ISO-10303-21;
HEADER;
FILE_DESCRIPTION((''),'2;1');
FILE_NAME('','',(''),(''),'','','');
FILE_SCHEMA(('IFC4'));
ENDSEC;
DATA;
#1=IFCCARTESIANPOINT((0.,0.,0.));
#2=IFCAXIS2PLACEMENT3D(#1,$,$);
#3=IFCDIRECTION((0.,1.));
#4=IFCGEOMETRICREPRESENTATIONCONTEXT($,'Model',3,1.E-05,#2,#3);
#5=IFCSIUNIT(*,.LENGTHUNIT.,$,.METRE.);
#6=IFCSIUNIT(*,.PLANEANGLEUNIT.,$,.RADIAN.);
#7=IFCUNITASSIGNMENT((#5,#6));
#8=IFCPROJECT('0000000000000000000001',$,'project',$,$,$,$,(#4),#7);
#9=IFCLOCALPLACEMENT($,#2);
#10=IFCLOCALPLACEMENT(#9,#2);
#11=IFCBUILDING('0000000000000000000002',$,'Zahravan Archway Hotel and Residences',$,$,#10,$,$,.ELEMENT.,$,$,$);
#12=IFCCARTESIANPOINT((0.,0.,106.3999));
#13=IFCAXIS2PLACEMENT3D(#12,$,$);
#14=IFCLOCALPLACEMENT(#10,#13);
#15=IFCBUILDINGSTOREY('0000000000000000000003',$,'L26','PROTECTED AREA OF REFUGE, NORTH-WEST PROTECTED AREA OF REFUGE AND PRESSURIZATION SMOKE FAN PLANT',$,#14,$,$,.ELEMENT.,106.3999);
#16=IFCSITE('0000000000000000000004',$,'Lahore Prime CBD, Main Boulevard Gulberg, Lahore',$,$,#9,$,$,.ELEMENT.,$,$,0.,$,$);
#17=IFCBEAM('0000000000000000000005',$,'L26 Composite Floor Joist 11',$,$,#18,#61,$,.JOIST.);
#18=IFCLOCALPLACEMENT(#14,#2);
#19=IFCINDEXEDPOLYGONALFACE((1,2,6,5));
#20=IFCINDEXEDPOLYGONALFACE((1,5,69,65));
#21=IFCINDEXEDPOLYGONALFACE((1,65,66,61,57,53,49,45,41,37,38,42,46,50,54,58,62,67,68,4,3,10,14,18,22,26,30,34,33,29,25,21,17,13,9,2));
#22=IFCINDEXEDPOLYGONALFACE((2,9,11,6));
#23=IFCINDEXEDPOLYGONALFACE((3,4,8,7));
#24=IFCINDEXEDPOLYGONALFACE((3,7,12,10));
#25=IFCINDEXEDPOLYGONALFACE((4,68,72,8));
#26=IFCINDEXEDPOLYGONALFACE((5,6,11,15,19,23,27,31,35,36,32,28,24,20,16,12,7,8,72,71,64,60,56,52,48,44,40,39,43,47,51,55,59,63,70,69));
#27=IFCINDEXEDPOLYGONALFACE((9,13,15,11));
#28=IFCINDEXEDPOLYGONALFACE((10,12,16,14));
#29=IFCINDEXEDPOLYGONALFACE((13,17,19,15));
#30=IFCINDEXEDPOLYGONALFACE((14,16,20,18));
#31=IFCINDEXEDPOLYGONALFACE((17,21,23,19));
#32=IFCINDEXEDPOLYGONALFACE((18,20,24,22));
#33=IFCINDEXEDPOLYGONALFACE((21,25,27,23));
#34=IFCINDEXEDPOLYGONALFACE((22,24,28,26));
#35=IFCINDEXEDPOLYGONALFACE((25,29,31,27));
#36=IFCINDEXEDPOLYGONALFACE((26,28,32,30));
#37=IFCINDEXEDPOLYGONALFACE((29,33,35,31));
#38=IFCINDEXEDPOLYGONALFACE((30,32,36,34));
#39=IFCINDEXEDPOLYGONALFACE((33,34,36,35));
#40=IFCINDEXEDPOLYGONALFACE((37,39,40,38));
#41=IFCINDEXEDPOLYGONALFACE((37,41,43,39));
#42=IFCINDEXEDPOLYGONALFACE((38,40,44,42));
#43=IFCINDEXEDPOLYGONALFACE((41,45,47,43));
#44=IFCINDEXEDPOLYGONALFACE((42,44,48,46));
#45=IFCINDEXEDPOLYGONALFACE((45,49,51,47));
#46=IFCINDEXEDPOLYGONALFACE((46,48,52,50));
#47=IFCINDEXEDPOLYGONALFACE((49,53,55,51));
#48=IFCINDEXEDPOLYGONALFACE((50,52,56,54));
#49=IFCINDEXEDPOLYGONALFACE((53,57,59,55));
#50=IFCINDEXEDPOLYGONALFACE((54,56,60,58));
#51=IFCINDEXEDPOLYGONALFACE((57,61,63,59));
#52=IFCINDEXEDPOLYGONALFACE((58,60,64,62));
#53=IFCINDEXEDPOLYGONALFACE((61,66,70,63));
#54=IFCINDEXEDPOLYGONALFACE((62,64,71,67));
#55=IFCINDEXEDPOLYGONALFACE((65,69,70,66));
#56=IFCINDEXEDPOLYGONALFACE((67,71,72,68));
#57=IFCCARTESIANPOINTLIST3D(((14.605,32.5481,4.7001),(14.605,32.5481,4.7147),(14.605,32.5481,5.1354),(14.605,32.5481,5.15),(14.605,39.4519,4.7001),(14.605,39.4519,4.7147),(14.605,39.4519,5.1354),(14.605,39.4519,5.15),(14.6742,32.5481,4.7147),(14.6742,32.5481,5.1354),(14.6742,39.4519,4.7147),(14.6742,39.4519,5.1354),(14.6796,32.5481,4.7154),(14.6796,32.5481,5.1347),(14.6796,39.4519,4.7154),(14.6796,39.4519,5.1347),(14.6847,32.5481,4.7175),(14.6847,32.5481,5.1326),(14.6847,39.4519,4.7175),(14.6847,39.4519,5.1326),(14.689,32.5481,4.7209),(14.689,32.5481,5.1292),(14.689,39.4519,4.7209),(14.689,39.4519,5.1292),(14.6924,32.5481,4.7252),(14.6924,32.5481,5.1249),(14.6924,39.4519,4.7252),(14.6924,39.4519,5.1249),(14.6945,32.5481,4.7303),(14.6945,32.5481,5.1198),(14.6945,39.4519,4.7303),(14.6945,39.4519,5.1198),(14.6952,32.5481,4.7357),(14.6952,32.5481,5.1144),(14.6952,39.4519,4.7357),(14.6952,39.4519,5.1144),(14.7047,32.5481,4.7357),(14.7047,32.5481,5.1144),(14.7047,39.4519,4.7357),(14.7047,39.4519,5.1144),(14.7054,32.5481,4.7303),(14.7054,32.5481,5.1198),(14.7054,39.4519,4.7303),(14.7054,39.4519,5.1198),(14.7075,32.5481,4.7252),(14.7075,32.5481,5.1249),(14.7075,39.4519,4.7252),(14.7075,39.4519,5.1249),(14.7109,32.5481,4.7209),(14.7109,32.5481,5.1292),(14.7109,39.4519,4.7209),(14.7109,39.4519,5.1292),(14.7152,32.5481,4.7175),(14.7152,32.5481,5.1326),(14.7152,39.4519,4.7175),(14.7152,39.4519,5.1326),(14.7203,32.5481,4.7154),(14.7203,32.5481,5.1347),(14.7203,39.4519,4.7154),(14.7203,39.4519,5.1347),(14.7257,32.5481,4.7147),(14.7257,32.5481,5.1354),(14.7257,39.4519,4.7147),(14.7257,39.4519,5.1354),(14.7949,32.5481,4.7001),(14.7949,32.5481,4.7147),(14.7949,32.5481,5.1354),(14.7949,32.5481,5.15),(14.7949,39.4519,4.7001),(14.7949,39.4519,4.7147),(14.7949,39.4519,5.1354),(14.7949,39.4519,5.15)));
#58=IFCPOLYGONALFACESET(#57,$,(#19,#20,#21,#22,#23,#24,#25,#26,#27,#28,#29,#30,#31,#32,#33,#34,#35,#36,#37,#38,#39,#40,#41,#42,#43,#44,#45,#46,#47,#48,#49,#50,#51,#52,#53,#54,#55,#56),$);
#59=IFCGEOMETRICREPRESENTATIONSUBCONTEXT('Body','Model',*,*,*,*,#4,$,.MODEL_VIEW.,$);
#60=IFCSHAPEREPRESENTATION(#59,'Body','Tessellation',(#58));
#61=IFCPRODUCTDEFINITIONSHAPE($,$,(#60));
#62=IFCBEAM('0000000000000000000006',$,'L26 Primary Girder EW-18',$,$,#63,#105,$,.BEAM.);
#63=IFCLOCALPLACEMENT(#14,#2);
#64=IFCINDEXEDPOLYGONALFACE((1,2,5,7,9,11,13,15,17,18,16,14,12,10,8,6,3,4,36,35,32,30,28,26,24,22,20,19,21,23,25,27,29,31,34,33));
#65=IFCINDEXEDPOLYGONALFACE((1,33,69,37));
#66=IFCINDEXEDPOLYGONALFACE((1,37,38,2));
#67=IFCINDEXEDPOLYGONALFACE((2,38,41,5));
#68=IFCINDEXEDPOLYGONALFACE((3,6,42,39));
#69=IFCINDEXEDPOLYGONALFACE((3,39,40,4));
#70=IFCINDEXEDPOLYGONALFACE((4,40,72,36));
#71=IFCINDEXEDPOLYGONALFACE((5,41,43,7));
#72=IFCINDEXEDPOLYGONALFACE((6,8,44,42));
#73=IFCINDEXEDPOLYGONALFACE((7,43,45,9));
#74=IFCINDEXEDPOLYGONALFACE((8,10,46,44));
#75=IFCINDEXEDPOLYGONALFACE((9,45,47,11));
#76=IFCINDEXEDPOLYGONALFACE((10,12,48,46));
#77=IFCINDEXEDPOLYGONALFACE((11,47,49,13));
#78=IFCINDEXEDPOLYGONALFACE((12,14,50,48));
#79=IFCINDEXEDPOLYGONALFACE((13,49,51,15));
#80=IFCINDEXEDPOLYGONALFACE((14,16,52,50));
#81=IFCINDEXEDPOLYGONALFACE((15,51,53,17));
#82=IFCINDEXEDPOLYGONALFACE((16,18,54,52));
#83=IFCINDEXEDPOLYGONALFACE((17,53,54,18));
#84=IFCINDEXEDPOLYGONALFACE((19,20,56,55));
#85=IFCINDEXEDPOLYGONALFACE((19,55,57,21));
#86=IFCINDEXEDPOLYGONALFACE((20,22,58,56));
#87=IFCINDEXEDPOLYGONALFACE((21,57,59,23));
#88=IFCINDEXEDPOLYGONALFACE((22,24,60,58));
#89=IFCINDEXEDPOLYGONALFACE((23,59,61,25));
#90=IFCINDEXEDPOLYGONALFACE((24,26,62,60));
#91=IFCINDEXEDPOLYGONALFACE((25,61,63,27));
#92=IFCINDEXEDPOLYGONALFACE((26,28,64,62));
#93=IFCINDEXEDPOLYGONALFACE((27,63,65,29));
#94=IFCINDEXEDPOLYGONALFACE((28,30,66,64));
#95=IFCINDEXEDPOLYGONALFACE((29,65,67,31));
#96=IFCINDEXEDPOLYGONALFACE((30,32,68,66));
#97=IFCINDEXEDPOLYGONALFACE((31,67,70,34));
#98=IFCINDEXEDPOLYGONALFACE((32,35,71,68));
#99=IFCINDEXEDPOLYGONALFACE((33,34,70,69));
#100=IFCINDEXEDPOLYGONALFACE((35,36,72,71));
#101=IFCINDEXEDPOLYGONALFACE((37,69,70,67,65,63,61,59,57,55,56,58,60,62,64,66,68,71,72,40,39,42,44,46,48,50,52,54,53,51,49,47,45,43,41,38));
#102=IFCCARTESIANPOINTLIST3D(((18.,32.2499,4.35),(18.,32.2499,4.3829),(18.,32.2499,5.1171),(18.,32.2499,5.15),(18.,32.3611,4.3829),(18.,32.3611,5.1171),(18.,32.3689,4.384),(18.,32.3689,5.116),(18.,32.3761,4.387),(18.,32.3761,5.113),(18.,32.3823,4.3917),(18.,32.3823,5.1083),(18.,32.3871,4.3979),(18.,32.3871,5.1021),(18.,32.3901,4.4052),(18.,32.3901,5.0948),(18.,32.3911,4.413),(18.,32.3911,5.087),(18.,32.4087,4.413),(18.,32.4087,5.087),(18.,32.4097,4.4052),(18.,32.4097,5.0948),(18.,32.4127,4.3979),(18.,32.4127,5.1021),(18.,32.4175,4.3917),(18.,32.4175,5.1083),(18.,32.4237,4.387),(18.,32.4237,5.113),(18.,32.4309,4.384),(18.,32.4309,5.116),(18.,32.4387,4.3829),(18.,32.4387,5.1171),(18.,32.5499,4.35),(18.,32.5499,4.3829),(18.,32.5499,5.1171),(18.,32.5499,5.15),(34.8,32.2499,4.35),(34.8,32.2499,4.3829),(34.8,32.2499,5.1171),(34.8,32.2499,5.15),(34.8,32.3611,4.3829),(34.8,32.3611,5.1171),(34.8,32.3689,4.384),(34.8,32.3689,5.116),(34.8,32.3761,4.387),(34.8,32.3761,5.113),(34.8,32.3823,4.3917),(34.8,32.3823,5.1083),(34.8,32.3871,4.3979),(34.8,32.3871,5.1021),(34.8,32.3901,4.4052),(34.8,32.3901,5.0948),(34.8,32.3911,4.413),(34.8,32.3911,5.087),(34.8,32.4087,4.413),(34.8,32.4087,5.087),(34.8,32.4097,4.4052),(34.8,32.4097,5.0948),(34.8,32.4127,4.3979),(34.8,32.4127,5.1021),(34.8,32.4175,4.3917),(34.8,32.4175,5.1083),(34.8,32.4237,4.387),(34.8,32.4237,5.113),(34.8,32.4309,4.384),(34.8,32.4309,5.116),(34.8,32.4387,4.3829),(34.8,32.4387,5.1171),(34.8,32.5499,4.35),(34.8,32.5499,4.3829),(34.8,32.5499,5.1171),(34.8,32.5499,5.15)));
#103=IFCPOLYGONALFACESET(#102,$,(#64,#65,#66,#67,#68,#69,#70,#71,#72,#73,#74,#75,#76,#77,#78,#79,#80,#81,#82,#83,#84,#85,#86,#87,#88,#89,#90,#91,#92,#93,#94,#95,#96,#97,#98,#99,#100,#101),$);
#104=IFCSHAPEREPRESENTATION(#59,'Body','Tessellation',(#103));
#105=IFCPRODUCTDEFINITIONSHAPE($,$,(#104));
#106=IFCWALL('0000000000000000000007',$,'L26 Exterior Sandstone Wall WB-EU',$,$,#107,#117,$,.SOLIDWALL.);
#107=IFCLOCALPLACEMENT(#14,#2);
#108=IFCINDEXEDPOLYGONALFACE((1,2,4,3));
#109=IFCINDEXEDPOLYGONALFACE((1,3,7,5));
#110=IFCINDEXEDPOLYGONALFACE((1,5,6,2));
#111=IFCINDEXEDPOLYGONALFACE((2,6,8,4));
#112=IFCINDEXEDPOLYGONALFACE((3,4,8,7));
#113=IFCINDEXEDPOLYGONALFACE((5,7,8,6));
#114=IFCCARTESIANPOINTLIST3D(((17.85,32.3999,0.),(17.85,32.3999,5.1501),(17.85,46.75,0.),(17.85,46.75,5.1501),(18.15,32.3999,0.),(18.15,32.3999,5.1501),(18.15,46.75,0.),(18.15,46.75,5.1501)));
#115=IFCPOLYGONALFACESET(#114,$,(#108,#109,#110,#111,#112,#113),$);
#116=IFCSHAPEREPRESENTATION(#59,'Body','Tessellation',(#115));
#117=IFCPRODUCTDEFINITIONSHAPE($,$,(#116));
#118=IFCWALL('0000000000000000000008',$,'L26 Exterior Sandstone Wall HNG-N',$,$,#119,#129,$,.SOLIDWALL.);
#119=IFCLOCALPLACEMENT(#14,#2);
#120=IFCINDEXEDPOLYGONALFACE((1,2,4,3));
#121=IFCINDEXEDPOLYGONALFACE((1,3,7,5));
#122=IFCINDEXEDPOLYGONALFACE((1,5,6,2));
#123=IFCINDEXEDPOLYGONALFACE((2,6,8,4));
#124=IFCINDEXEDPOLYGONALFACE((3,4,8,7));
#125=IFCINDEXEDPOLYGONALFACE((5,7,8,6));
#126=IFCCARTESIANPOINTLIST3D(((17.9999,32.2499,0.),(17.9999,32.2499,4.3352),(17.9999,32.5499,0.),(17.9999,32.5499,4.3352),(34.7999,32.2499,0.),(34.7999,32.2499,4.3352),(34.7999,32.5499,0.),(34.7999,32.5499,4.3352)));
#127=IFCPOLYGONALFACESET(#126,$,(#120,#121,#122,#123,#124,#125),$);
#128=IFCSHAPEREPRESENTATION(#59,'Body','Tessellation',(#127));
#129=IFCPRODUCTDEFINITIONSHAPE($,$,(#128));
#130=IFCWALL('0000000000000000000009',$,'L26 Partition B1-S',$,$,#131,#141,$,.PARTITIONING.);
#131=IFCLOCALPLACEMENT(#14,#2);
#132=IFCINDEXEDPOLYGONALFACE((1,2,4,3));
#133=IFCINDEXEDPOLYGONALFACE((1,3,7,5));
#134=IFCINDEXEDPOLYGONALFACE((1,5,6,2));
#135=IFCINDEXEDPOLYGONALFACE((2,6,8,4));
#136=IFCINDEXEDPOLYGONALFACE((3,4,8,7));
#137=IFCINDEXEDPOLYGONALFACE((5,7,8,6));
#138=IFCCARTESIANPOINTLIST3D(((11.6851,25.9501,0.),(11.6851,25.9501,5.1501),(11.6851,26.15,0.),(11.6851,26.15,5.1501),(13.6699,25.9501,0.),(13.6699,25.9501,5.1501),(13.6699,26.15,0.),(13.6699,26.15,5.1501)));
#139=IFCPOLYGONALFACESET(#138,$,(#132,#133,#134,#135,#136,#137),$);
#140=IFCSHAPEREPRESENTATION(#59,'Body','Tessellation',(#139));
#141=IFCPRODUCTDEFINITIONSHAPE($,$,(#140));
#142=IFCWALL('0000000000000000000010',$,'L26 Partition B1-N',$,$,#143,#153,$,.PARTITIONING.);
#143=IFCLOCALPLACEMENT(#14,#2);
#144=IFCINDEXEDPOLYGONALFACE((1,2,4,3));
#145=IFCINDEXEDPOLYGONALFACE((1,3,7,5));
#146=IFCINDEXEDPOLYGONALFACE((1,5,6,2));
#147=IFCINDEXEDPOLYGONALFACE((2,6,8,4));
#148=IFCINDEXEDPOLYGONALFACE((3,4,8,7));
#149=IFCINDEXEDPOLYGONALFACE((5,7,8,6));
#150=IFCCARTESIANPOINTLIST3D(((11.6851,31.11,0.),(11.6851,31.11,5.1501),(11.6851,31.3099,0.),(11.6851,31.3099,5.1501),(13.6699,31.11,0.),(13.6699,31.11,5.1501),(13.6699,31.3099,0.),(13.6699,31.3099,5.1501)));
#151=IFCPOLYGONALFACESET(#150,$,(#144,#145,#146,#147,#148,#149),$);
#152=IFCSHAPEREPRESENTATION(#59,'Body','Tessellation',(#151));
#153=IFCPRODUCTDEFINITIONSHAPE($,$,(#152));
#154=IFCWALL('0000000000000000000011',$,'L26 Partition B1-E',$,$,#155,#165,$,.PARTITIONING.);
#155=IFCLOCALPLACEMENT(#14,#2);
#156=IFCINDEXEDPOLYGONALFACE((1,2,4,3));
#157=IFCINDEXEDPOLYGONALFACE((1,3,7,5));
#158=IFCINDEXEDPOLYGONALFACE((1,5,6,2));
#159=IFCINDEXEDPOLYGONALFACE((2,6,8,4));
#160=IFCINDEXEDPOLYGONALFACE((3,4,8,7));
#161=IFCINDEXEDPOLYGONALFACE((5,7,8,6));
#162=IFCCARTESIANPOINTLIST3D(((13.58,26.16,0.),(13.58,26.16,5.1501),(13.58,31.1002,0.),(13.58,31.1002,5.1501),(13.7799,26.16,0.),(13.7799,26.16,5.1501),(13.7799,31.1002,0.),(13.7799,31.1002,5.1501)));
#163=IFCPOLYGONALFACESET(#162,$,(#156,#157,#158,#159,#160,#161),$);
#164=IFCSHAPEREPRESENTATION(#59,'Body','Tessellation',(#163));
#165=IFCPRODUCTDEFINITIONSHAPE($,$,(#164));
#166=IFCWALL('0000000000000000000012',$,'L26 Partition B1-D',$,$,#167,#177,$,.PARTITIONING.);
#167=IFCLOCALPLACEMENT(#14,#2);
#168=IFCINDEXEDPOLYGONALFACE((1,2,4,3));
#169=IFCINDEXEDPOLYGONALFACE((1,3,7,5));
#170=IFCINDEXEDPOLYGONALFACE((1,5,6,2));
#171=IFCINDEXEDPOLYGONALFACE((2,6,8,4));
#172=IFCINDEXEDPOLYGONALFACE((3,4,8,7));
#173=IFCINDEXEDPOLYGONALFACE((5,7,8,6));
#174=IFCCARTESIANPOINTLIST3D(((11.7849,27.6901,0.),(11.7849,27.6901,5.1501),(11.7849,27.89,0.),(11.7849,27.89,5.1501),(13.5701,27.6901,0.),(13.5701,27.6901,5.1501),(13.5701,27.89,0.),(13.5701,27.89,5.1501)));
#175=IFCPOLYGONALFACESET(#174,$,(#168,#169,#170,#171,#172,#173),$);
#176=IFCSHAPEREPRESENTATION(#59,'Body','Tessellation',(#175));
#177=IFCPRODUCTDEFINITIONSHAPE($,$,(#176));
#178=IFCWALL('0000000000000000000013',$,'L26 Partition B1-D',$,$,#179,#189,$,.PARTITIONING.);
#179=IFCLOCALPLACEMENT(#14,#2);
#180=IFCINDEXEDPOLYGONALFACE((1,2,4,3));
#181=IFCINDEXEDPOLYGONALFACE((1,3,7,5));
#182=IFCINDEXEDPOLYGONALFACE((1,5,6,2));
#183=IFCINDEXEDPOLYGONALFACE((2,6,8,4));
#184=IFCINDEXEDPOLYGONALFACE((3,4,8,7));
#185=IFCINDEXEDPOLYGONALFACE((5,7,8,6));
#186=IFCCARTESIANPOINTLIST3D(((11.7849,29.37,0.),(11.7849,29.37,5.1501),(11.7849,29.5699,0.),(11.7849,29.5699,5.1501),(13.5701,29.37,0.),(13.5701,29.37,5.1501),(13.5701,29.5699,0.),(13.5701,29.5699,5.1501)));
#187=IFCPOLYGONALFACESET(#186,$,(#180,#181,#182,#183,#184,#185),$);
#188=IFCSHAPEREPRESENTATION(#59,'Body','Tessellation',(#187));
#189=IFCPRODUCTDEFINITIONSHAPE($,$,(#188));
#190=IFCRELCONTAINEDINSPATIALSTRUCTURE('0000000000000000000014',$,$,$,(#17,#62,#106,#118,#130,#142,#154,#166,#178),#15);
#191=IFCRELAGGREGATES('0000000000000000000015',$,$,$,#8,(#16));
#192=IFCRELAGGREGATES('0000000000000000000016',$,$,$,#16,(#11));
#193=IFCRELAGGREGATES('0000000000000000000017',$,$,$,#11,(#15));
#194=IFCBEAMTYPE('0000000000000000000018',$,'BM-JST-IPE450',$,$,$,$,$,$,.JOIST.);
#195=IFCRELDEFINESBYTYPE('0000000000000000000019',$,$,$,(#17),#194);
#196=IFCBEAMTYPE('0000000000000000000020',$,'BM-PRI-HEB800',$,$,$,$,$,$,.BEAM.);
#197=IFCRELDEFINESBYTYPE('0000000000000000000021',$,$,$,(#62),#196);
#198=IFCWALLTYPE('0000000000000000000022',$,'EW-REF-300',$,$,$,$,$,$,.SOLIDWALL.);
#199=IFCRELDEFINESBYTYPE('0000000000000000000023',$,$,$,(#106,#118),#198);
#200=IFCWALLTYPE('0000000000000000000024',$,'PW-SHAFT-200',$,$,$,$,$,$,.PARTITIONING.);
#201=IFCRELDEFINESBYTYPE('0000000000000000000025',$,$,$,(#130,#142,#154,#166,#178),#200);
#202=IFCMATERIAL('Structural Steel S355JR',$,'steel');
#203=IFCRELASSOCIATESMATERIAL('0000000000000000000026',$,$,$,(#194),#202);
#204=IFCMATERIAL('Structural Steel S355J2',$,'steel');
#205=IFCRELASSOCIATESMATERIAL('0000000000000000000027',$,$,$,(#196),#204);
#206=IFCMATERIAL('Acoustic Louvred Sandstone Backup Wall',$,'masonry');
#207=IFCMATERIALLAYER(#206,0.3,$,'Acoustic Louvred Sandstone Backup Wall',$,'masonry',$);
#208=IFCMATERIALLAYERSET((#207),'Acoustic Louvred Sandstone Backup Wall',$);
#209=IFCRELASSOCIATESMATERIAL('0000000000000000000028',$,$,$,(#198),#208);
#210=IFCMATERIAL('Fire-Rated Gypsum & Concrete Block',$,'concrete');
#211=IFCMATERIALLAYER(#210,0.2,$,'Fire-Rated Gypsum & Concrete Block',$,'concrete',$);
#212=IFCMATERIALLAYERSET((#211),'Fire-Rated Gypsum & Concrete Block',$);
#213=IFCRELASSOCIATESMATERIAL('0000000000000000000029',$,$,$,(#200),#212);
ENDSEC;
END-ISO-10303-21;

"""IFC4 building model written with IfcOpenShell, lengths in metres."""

from ifc_helpers import new_model, si_unit, direction, frame, frame_2d, origin, origin_2d, place, context, subcontext, project, spatial, rectangle, i_section, extrude, source, transform, mapped, material, layer, layer_set, material_profile, profile_set, type_object, type_shapes, element, save


model = new_model("IFC4")

# Units and contexts
model_context = context("Model", 3, precision=1e-05, world=origin(), true_north=direction((0.0, 1.0)))
body_context = subcontext(model_context, "Body", "Model", "MODEL_VIEW")
ifc_project = project(units=[si_unit("LENGTHUNIT", "METRE"), si_unit("PLANEANGLEUNIT", "RADIAN")], contexts=[model_context])

# Site, building, storey
site_placement = place(None, origin())
site = spatial("IfcSite", under=ifc_project, at=site_placement, Name="Lahore Prime CBD, Main Boulevard Gulberg, Lahore", CompositionType="ELEMENT", RefElevation=0.0)
building_placement = place(site_placement, origin())
building = spatial("IfcBuilding", under=site, at=building_placement, Name="Zahravan Archway Hotel and Residences", CompositionType="ELEMENT")
storey_placement = place(building_placement, frame((0.0, 0.0, 106.3999)))
storey = spatial("IfcBuildingStorey", under=building, at=storey_placement, Name="L26", Description="PROTECTED AREA OF REFUGE, NORTH-WEST PROTECTED AREA OF REFUGE AND PRESSURIZATION SMOKE FAN PLANT", CompositionType="ELEMENT", Elevation=106.3999)

# Beams
ifc_material_1 = material(Name="Structural Steel S355JR", Category="steel")
ifc_material_profile_1 = material_profile(ifc_material_1, i_section(OverallWidth=0.1899, OverallDepth=0.45, WebThickness=0.0095, FlangeThickness=0.0146, FilletRadius=0.021, at=origin_2d()), Name="IPE 450", Category="steel")
ifc_profile_set_1 = profile_set([ifc_material_profile_1], Name="Structural Steel S355JR")
beam_type_1 = type_object("IfcBeamType", Name="BM-JST-IPE450", PredefinedType="JOIST", material=ifc_profile_set_1)
shared_shape_1 = source(origin(), body_context, "Body", "SweptSolid", [
    extrude(i_section(OverallWidth=0.1899, OverallDepth=0.45, WebThickness=0.0095, FlangeThickness=0.0146, FilletRadius=0.021, at=origin_2d()), origin(), (0.0, 0.0, 1.0), 6.9038),
])
beam_1_placement = place(storey_placement, frame((14.7, 32.5481, 4.925), z_axis=(0.0, 1.0, 0.0), x_axis=(-1.0, 0.0, 0.0)))
element("IfcBeam", 1, at=beam_1_placement, inside=storey, type_object=beam_type_1, Name="L26 Composite Floor Joist 11", PredefinedType="JOIST", context=body_context, shape_type="MappedRepresentation", body=[
    mapped(shared_shape_1, transform((0.0, 0.0, 0.0), scale=1.0)),
])
ifc_material_2 = material(Name="Structural Steel S355J2", Category="steel")
ifc_material_profile_2 = material_profile(ifc_material_2, i_section(OverallWidth=0.3, OverallDepth=0.8, WebThickness=0.0176, FlangeThickness=0.033, FilletRadius=0.03, at=origin_2d()), Name="HEB 800", Category="steel")
ifc_profile_set_2 = profile_set([ifc_material_profile_2], Name="Structural Steel S355J2")
beam_type_2 = type_object("IfcBeamType", Name="BM-PRI-HEB800", PredefinedType="BEAM", material=ifc_profile_set_2)
shared_shape_2 = source(origin(), body_context, "Body", "SweptSolid", [
    extrude(i_section(OverallWidth=0.3, OverallDepth=0.8, WebThickness=0.0176, FlangeThickness=0.033, FilletRadius=0.03, at=origin_2d()), origin(), (0.0, 0.0, 1.0), 16.8),
])
type_shapes(beam_type_2, [shared_shape_2])
beam_2_placement = place(storey_placement, frame((18.0, 32.3999, 4.75), z_axis=(1.0, 0.0, 0.0), x_axis=(0.0, 1.0, 0.0)))
element("IfcBeam", 2, at=beam_2_placement, inside=storey, type_object=beam_type_2, Name="L26 Primary Girder EW-18", PredefinedType="BEAM", context=body_context, shape_type="MappedRepresentation", body=[
    mapped(shared_shape_2, transform((0.0, 0.0, 0.0), scale=1.0)),
])

# Walls
ifc_material_3 = material(Name="Acoustic Louvred Sandstone Backup Wall", Category="masonry")
ifc_layer_1 = layer(ifc_material_3, 0.3, Name="Acoustic Louvred Sandstone Backup Wall", Category="masonry")
ifc_layer_set_1 = layer_set([ifc_layer_1], Name="Acoustic Louvred Sandstone Backup Wall")
wall_type_1 = type_object("IfcWallType", Name="EW-REF-300", PredefinedType="SOLIDWALL", material=ifc_layer_set_1)
wall_1_placement = place(storey_placement, frame((18.0, 32.3999, 0.0), z_axis=(0.0, 0.0, 1.0), x_axis=(0.0, 1.0, 0.0)))
element("IfcWall", 3, at=wall_1_placement, inside=storey, type_object=wall_type_1, Name="L26 Exterior Sandstone Wall WB-EU", PredefinedType="SOLIDWALL", context=body_context, shape_type="SweptSolid", body=[
    extrude(rectangle(XDim=14.3501, YDim=0.3, at=frame_2d((7.175, 0.0))), origin(), (0.0, 0.0, 1.0), 5.1501),
])
wall_2_placement = place(storey_placement, frame((18.0, 32.3999, 0.0), z_axis=(0.0, 0.0, 1.0), x_axis=(1.0, 0.0, 0.0)))
element("IfcWall", 4, at=wall_2_placement, inside=storey, type_object=wall_type_1, Name="L26 Exterior Sandstone Wall HNG-N", PredefinedType="SOLIDWALL", context=body_context, shape_type="SweptSolid", body=[
    extrude(rectangle(XDim=16.8, YDim=0.3, at=frame_2d((8.3999, 0.0))), origin(), (0.0, 0.0, 1.0), 4.3352),
])
ifc_material_4 = material(Name="Fire-Rated Gypsum & Concrete Block", Category="concrete")
ifc_layer_2 = layer(ifc_material_4, 0.2, Name="Fire-Rated Gypsum & Concrete Block", Category="concrete")
ifc_layer_set_2 = layer_set([ifc_layer_2], Name="Fire-Rated Gypsum & Concrete Block")
wall_type_2 = type_object("IfcWallType", Name="PW-SHAFT-200", PredefinedType="PARTITIONING", material=ifc_layer_set_2)
for number, where, z_axis, x_axis, name in (
    (5, (11.6851, 26.05, 0.0), (0.0, 0.0, 1.0), (1.0, 0.0, 0.0), "L26 Partition B1-S"),
    (6, (11.6851, 31.21, 0.0), (0.0, 0.0, 1.0), (1.0, 0.0, 0.0), "L26 Partition B1-N"),
):
    element("IfcWall", number, at=place(storey_placement, frame(where, z_axis=z_axis, x_axis=x_axis)), inside=storey, type_object=wall_type_2, Name=name, PredefinedType="PARTITIONING", context=body_context, shape_type="SweptSolid", body=[
        extrude(rectangle(XDim=1.9849, YDim=0.2, at=frame_2d((0.9924, 0.0))), origin(), (0.0, 0.0, 1.0), 5.1501),
    ])
wall_3_placement = place(storey_placement, frame((13.6799, 26.1599, 0.0), z_axis=(0.0, 0.0, 1.0), x_axis=(0.0, 1.0, 0.0)))
element("IfcWall", 7, at=wall_3_placement, inside=storey, type_object=wall_type_2, Name="L26 Partition B1-E", PredefinedType="PARTITIONING", context=body_context, shape_type="SweptSolid", body=[
    extrude(rectangle(XDim=4.9402, YDim=0.2, at=frame_2d((2.4702, 0.0))), origin(), (0.0, 0.0, 1.0), 5.1501),
])
for number, where, z_axis, x_axis, name in (
    (8, (11.7849, 27.79, 0.0), (0.0, 0.0, 1.0), (1.0, 0.0, 0.0), "L26 Partition B1-D"),
    (9, (11.7849, 29.47, 0.0), (0.0, 0.0, 1.0), (1.0, 0.0, 0.0), "L26 Partition B1-D"),
):
    element("IfcWall", number, at=place(storey_placement, frame(where, z_axis=z_axis, x_axis=x_axis)), inside=storey, type_object=wall_type_2, Name=name, PredefinedType="PARTITIONING", context=body_context, shape_type="SweptSolid", body=[
        extrude(rectangle(XDim=1.7852, YDim=0.2, at=frame_2d((0.8926, 0.0))), origin(), (0.0, 0.0, 1.0), 5.1501),
    ])

save(model, "model.ifc")
